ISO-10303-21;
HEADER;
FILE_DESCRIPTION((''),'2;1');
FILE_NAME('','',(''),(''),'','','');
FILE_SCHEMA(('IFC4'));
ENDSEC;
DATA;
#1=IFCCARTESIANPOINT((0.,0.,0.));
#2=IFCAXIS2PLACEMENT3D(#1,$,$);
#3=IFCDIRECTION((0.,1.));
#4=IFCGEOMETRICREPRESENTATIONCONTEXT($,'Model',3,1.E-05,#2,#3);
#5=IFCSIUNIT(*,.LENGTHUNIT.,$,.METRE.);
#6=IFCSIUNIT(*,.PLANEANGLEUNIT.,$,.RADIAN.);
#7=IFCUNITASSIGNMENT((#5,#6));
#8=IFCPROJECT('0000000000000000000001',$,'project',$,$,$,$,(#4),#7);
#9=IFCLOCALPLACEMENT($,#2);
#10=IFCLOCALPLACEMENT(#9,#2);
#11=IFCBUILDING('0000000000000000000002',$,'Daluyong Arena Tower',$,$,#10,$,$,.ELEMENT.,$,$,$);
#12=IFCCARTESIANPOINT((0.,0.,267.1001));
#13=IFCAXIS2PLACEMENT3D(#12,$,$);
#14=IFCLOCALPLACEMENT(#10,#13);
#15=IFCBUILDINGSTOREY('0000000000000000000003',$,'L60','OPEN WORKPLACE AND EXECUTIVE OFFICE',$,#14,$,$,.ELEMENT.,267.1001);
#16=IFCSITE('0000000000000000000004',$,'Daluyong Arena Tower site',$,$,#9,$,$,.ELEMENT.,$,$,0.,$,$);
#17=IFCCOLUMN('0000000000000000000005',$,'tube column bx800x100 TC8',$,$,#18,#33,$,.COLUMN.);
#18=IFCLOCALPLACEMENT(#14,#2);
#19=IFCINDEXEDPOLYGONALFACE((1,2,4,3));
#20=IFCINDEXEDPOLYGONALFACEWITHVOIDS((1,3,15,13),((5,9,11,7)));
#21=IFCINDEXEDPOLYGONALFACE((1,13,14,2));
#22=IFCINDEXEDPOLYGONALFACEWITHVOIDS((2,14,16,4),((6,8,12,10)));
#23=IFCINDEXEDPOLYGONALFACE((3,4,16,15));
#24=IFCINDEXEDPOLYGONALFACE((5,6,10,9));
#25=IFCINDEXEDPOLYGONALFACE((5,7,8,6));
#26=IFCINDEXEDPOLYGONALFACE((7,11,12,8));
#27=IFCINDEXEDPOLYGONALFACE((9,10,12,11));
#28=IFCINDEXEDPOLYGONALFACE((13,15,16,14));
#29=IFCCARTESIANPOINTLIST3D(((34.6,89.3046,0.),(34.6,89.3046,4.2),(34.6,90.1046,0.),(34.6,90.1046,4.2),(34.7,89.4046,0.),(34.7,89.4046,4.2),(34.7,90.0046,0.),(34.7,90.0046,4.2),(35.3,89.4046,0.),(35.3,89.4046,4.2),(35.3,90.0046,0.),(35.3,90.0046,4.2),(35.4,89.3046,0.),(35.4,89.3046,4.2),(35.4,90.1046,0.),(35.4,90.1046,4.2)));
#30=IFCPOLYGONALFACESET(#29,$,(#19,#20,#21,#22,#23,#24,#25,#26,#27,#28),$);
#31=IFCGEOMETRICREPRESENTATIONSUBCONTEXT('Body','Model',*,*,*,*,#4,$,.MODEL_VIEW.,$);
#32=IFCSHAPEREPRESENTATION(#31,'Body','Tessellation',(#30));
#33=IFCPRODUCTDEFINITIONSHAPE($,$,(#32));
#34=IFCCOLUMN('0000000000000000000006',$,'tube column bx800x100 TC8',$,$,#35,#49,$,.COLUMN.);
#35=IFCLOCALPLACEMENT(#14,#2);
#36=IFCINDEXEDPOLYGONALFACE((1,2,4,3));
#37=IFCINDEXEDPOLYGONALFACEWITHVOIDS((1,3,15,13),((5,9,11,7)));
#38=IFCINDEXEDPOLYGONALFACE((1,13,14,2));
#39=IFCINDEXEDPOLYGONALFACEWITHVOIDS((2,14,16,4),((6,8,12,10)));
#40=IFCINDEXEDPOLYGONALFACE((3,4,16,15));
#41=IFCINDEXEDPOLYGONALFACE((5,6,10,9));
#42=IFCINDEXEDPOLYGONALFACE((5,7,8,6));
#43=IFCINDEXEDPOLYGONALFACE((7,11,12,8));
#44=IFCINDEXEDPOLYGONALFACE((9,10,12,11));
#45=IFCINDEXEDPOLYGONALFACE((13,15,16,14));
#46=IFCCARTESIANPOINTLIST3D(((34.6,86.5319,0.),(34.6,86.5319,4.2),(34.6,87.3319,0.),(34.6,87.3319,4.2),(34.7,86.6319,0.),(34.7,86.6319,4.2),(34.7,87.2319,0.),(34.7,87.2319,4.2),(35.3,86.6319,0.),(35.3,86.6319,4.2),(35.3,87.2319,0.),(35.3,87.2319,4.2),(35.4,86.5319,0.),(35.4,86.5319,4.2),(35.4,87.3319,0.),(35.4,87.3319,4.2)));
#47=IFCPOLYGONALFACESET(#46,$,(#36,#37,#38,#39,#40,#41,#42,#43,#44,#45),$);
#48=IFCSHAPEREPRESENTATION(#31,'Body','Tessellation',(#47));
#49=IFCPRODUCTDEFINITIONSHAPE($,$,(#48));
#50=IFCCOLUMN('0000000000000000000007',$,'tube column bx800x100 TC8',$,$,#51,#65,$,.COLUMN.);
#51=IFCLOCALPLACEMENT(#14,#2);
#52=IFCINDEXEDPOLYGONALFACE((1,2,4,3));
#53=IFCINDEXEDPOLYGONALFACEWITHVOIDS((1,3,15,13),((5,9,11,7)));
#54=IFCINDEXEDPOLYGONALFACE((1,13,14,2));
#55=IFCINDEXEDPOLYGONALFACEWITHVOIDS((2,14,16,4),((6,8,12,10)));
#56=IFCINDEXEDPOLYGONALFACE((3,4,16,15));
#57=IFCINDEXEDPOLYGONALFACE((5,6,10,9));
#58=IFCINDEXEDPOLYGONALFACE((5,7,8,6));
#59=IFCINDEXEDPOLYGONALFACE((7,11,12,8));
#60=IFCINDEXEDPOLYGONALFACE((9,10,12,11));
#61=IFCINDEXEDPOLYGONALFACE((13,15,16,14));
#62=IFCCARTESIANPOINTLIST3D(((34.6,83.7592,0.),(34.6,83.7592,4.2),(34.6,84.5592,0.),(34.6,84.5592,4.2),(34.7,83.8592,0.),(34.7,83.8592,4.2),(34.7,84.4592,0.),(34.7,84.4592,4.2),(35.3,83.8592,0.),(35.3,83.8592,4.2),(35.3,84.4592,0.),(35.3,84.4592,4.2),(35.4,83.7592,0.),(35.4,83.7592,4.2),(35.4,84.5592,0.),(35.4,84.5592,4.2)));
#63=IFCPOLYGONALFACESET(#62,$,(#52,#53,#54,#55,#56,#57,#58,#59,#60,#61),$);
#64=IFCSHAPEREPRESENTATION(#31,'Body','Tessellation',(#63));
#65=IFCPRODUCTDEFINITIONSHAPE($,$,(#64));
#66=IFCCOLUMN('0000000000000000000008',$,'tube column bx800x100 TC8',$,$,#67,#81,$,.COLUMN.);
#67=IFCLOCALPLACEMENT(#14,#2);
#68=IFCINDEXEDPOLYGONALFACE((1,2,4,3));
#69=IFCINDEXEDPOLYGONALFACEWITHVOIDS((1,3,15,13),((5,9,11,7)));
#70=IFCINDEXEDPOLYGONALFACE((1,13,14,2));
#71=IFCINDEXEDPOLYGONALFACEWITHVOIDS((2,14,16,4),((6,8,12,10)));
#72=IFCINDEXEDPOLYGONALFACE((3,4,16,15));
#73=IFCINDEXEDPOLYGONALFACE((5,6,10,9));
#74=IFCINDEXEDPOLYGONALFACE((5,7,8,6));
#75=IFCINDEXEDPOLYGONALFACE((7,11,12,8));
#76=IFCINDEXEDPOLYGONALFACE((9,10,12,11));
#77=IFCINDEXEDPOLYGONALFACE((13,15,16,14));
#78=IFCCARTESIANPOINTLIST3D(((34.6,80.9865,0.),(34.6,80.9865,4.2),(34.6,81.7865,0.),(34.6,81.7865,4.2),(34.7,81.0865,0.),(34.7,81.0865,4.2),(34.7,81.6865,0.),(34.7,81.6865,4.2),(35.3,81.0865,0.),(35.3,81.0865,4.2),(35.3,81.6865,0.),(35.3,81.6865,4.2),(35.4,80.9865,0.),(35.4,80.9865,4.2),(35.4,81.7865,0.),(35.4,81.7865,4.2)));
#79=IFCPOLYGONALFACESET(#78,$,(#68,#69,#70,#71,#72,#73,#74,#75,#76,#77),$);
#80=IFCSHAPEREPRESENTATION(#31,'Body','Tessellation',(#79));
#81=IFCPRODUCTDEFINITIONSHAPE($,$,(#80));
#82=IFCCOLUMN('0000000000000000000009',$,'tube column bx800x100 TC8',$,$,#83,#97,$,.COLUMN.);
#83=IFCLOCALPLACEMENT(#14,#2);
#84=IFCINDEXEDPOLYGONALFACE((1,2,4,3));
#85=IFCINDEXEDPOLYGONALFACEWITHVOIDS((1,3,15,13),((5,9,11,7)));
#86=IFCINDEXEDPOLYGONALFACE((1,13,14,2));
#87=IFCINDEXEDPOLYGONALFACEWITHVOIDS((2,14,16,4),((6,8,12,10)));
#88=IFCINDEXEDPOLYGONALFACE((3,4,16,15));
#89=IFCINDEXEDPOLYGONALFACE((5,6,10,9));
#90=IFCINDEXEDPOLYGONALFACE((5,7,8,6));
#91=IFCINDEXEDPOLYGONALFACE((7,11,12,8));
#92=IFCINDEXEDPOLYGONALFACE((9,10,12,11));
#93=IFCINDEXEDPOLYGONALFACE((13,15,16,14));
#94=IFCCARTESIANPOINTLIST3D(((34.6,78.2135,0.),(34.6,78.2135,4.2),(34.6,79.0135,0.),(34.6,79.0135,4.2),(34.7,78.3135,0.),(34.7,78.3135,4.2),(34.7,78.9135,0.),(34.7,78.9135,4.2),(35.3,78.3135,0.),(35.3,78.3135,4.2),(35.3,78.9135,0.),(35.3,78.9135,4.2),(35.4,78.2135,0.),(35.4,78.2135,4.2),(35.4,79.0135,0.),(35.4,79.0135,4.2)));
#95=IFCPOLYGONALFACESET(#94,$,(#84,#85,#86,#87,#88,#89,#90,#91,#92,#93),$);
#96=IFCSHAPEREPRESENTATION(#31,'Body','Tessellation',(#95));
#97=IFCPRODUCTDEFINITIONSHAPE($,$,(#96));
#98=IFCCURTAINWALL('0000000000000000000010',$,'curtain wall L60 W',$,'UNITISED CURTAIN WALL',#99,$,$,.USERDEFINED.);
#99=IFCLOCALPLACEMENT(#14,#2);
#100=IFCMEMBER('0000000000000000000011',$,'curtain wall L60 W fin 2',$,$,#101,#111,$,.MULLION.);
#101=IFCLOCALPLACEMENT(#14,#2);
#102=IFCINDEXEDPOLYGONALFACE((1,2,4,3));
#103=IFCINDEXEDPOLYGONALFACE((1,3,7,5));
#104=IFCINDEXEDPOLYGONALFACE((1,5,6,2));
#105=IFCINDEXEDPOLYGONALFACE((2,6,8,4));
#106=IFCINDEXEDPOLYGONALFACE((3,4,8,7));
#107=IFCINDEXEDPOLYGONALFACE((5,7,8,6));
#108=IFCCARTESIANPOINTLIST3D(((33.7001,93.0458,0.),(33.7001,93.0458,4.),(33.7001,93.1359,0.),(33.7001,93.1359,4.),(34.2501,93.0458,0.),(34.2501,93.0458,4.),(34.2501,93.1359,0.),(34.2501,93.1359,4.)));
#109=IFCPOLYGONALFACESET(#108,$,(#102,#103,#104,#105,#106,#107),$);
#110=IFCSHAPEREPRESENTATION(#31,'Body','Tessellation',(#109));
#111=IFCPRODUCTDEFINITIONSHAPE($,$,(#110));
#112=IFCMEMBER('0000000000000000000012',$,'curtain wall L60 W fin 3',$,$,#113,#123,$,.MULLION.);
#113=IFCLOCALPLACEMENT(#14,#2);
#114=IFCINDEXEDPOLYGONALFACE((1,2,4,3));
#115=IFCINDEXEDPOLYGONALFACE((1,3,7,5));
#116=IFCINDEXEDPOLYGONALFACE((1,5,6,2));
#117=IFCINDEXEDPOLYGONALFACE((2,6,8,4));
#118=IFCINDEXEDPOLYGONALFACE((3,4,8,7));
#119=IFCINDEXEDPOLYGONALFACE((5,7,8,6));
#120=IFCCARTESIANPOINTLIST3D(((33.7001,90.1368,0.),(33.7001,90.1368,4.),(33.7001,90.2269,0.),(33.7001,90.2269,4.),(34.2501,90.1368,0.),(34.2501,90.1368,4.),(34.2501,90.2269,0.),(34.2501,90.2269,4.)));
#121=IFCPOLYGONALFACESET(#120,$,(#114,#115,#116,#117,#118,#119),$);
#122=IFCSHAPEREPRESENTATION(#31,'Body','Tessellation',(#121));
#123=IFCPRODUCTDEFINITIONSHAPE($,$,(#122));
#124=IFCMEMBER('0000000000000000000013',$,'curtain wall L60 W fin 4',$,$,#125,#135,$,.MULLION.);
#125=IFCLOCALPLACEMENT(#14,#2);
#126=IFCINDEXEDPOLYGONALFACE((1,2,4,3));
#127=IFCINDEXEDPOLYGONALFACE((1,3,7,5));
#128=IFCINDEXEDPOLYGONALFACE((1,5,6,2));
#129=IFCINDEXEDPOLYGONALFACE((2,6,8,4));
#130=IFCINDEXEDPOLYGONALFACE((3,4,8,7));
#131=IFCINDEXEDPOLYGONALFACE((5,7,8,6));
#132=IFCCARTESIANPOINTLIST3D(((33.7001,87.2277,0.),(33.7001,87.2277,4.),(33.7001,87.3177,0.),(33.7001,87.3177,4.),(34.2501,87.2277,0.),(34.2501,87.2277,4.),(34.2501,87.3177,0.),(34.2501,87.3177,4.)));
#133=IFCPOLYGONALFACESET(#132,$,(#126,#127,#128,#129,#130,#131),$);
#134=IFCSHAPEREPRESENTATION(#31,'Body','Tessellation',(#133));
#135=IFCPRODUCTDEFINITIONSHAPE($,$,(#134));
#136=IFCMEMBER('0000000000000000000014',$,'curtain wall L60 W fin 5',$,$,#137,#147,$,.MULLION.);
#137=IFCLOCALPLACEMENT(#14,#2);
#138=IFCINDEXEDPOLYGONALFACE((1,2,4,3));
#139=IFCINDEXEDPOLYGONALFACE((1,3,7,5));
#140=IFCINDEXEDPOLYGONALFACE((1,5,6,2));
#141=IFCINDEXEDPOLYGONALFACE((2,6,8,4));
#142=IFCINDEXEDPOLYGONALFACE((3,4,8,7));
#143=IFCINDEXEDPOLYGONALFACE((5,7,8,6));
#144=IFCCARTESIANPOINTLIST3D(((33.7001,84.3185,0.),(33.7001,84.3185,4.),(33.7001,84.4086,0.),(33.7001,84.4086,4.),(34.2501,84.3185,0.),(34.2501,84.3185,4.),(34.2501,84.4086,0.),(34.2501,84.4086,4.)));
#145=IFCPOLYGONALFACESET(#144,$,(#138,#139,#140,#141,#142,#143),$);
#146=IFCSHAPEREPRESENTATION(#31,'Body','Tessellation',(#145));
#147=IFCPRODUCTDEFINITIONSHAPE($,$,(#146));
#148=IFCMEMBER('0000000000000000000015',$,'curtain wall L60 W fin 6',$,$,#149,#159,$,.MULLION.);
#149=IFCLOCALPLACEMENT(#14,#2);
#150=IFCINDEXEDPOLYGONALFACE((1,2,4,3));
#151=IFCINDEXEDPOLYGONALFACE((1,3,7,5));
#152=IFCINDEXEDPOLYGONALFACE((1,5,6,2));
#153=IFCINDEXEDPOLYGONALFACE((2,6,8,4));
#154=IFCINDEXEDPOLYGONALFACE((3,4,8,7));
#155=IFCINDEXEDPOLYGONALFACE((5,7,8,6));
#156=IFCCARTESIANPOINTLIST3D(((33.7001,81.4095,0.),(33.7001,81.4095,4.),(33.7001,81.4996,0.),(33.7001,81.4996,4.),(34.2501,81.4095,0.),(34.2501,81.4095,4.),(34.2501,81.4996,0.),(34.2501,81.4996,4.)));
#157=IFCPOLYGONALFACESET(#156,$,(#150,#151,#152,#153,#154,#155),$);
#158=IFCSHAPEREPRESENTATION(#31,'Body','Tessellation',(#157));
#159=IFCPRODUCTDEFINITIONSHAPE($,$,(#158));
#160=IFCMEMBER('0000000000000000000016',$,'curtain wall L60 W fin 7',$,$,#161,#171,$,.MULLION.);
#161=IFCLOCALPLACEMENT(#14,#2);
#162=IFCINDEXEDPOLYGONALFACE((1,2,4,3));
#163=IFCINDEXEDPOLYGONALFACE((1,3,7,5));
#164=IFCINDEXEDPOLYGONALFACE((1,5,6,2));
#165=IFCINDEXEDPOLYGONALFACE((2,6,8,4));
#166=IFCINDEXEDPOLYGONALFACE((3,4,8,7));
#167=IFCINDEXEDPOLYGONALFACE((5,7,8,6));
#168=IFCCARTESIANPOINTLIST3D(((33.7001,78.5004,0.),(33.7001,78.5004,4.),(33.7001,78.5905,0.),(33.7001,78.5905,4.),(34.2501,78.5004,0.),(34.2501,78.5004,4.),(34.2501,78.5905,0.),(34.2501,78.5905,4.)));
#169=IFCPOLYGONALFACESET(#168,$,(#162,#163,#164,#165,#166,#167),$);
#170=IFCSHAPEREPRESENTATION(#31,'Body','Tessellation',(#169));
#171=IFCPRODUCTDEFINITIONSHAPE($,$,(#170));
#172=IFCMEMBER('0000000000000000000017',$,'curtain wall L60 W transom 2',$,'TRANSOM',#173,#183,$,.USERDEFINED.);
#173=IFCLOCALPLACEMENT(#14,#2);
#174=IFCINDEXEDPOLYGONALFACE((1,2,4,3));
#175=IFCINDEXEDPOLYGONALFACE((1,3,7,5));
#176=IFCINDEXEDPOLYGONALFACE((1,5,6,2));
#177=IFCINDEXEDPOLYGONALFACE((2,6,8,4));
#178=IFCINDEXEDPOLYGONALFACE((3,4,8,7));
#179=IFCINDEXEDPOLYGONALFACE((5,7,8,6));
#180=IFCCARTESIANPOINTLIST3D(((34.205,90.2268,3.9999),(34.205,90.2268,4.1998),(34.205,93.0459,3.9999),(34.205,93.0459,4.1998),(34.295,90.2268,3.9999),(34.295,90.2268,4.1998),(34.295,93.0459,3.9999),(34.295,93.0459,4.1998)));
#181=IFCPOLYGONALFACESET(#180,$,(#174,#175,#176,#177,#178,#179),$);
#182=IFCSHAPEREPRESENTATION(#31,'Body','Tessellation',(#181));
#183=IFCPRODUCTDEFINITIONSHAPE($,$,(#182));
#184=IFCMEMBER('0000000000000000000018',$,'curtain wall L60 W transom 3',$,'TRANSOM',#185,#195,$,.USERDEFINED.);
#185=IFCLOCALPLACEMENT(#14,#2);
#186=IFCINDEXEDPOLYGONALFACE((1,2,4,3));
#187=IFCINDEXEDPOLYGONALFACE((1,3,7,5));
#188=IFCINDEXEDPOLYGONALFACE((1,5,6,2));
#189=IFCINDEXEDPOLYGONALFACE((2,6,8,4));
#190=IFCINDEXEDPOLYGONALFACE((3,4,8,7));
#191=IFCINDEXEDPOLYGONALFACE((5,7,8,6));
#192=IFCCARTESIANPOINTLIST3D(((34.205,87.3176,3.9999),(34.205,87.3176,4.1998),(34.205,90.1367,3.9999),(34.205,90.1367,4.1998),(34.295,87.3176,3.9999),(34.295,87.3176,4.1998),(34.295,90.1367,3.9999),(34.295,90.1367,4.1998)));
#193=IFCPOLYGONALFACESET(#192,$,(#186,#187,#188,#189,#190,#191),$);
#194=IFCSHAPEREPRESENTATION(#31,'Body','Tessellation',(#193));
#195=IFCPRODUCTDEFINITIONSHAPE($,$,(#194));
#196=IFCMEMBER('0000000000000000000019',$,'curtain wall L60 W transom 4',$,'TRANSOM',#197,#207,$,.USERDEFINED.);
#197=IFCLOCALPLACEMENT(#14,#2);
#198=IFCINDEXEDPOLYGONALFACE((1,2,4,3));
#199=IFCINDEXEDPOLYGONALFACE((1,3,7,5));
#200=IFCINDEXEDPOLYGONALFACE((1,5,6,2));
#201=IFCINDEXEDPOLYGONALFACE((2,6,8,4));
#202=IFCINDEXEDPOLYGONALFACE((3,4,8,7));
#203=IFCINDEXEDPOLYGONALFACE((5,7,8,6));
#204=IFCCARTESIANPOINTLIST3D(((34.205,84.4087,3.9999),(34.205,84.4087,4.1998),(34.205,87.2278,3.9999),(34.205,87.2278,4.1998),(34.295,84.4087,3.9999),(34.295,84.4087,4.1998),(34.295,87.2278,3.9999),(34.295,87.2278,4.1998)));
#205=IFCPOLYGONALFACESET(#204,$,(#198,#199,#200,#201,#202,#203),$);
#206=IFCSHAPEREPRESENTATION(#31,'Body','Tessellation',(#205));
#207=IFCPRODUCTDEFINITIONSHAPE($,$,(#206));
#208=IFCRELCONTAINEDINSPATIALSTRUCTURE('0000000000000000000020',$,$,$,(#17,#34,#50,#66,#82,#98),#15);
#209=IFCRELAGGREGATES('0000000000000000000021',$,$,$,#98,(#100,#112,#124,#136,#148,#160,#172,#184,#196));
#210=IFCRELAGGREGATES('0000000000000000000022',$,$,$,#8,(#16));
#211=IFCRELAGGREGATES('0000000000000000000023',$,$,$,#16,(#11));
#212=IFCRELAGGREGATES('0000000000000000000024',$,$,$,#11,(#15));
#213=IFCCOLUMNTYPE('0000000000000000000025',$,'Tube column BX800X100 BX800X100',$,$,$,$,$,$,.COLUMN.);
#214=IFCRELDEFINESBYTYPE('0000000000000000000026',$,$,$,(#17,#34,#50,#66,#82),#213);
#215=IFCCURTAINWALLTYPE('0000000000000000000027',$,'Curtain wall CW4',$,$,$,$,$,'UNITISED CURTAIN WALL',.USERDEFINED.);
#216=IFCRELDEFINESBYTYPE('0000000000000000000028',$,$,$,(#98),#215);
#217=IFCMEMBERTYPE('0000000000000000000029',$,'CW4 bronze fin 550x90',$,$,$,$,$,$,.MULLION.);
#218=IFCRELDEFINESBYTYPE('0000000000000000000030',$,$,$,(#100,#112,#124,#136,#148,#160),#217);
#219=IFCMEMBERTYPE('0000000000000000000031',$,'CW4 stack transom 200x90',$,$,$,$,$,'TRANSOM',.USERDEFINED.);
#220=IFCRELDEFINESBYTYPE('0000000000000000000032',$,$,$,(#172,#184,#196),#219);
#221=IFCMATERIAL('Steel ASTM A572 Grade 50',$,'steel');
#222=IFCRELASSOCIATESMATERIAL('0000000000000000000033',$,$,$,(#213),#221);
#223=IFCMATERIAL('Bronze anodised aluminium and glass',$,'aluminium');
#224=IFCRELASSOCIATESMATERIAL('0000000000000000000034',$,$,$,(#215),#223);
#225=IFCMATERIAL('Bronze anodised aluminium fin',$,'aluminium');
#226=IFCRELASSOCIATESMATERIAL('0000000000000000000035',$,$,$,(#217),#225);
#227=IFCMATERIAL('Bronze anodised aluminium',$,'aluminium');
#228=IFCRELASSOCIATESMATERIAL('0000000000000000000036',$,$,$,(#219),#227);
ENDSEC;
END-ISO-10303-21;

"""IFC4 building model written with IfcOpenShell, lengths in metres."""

from ifc_helpers import new_model, si_unit, direction, frame, origin, origin_2d, place, context, subcontext, project, spatial, rectangle, hollow_rectangle, extrude, material, material_profile, profile_set, type_object, element, aggregate, save


model = new_model("IFC4")

# Units and contexts
model_context = context("Model", 3, precision=1e-05, world=origin(), true_north=direction((0.0, 1.0)))
body_context = subcontext(model_context, "Body", "Model", "MODEL_VIEW")
ifc_project = project(units=[si_unit("LENGTHUNIT", "METRE"), si_unit("PLANEANGLEUNIT", "RADIAN")], contexts=[model_context])

# Site, building, storey
site_placement = place(None, origin())
site = spatial("IfcSite", under=ifc_project, at=site_placement, Name="Daluyong Arena Tower site", CompositionType="ELEMENT", RefElevation=0.0)
building_placement = place(site_placement, origin())
building = spatial("IfcBuilding", under=site, at=building_placement, Name="Daluyong Arena Tower", CompositionType="ELEMENT")
storey_placement = place(building_placement, frame((0.0, 0.0, 267.1001)))
storey = spatial("IfcBuildingStorey", under=building, at=storey_placement, Name="L60", Description="OPEN WORKPLACE AND EXECUTIVE OFFICE", CompositionType="ELEMENT", Elevation=267.1001)

# Columns
ifc_material_1 = material(Name="Steel ASTM A572 Grade 50", Category="steel")
ifc_material_profile_1 = material_profile(ifc_material_1, hollow_rectangle(XDim=0.8, YDim=0.8, WallThickness=0.1, at=origin_2d()))
ifc_profile_set_1 = profile_set([ifc_material_profile_1], Name="Steel ASTM A572 Grade 50")
column_type = type_object("IfcColumnType", Name="Tube column BX800X100 BX800X100", PredefinedType="COLUMN", material=ifc_profile_set_1)
for number, where, z_axis, x_axis, name in (
    (1, (35.0, 89.7046, 0.0), (0.0, 0.0, 1.0), (0.0, 1.0, 0.0), "tube column bx800x100 TC8"),
    (2, (35.0, 86.9319, 0.0), (0.0, 0.0, 1.0), (0.0, 1.0, 0.0), "tube column bx800x100 TC8"),
    (3, (35.0, 84.1592, 0.0), (0.0, 0.0, 1.0), (0.0, 1.0, 0.0), "tube column bx800x100 TC8"),
    (4, (35.0, 81.3865, 0.0), (0.0, 0.0, 1.0), (0.0, 1.0, 0.0), "tube column bx800x100 TC8"),
    (5, (35.0, 78.6135, 0.0), (0.0, 0.0, 1.0), (0.0, 1.0, 0.0), "tube column bx800x100 TC8"),
):
    element("IfcColumn", number, at=place(storey_placement, frame(where, z_axis=z_axis, x_axis=x_axis)), inside=storey, type_object=column_type, Name=name, PredefinedType="COLUMN", context=body_context, shape_type="SweptSolid", body=[
        extrude(hollow_rectangle(XDim=0.8, YDim=0.8, WallThickness=0.1, at=origin_2d()), origin(), (0.0, 0.0, 1.0), 4.2),
    ])

# Curtain wall, members
ifc_material_2 = material(Name="Bronze anodised aluminium and glass", Category="aluminium")
curtain_wall_type = type_object("IfcCurtainWallType", Name="Curtain wall CW4", ElementType="UNITISED CURTAIN WALL", PredefinedType="USERDEFINED", material=ifc_material_2)
curtain_wall_placement = place(storey_placement, origin())
curtain_wall = element("IfcCurtainWall", 6, at=curtain_wall_placement, inside=storey, type_object=curtain_wall_type, Name="curtain wall L60 W", ObjectType="UNITISED CURTAIN WALL", PredefinedType="USERDEFINED")
ifc_material_3 = material(Name="Bronze anodised aluminium fin", Category="aluminium")
ifc_material_profile_2 = material_profile(ifc_material_3, rectangle(XDim=0.55, YDim=0.0901, at=origin_2d()))
ifc_profile_set_2 = profile_set([ifc_material_profile_2], Name="Bronze anodised aluminium fin")
member_type_1 = type_object("IfcMemberType", Name="CW4 bronze fin 550x90", PredefinedType="MULLION", material=ifc_profile_set_2)
member_1_placement = place(storey_placement, frame((33.9751, 93.0908, 0.0), z_axis=(0.0, 0.0, 1.0), x_axis=(1.0, 0.0, 0.0)))
member_1 = element("IfcMember", 7, at=member_1_placement, type_object=member_type_1, Name="curtain wall L60 W fin 2", PredefinedType="MULLION", context=body_context, shape_type="SweptSolid", body=[
    extrude(rectangle(XDim=0.55, YDim=0.0901, at=origin_2d()), origin(), (0.0, 0.0, 1.0), 4.0),
])
member_2_placement = place(storey_placement, frame((33.9751, 90.1819, 0.0), z_axis=(0.0, 0.0, 1.0), x_axis=(1.0, 0.0, 0.0)))
member_2 = element("IfcMember", 8, at=member_2_placement, type_object=member_type_1, Name="curtain wall L60 W fin 3", PredefinedType="MULLION", context=body_context, shape_type="SweptSolid", body=[
    extrude(rectangle(XDim=0.55, YDim=0.0901, at=origin_2d()), origin(), (0.0, 0.0, 1.0), 4.0),
])
member_3_placement = place(storey_placement, frame((33.9751, 87.2727, 0.0), z_axis=(0.0, 0.0, 1.0), x_axis=(1.0, 0.0, 0.0)))
member_3 = element("IfcMember", 9, at=member_3_placement, type_object=member_type_1, Name="curtain wall L60 W fin 4", PredefinedType="MULLION", context=body_context, shape_type="SweptSolid", body=[
    extrude(rectangle(XDim=0.55, YDim=0.0901, at=origin_2d()), origin(), (0.0, 0.0, 1.0), 4.0),
])
member_4_placement = place(storey_placement, frame((33.9751, 84.3635, 0.0), z_axis=(0.0, 0.0, 1.0), x_axis=(1.0, 0.0, 0.0)))
member_4 = element("IfcMember", 10, at=member_4_placement, type_object=member_type_1, Name="curtain wall L60 W fin 5", PredefinedType="MULLION", context=body_context, shape_type="SweptSolid", body=[
    extrude(rectangle(XDim=0.55, YDim=0.0901, at=origin_2d()), origin(), (0.0, 0.0, 1.0), 4.0),
])
member_5_placement = place(storey_placement, frame((33.9751, 81.4546, 0.0), z_axis=(0.0, 0.0, 1.0), x_axis=(1.0, 0.0, 0.0)))
member_5 = element("IfcMember", 11, at=member_5_placement, type_object=member_type_1, Name="curtain wall L60 W fin 6", PredefinedType="MULLION", context=body_context, shape_type="SweptSolid", body=[
    extrude(rectangle(XDim=0.55, YDim=0.0901, at=origin_2d()), origin(), (0.0, 0.0, 1.0), 4.0),
])
member_6_placement = place(storey_placement, frame((33.9751, 78.5454, 0.0), z_axis=(0.0, 0.0, 1.0), x_axis=(1.0, 0.0, 0.0)))
member_6 = element("IfcMember", 12, at=member_6_placement, type_object=member_type_1, Name="curtain wall L60 W fin 7", PredefinedType="MULLION", context=body_context, shape_type="SweptSolid", body=[
    extrude(rectangle(XDim=0.55, YDim=0.0901, at=origin_2d()), origin(), (0.0, 0.0, 1.0), 4.0),
])
ifc_material_4 = material(Name="Bronze anodised aluminium", Category="aluminium")
ifc_material_profile_3 = material_profile(ifc_material_4, rectangle(XDim=0.0901, YDim=0.2, at=origin_2d()))
ifc_profile_set_3 = profile_set([ifc_material_profile_3], Name="Bronze anodised aluminium")
member_type_2 = type_object("IfcMemberType", Name="CW4 stack transom 200x90", ElementType="TRANSOM", PredefinedType="USERDEFINED", material=ifc_profile_set_3)
member_7_placement = place(storey_placement, frame((34.25, 93.0459, 4.0999), z_axis=(0.0, -1.0, 0.0), x_axis=(1.0, 0.0, 0.0)))
member_7 = element("IfcMember", 13, at=member_7_placement, type_object=member_type_2, Name="curtain wall L60 W transom 2", ObjectType="TRANSOM", PredefinedType="USERDEFINED", context=body_context, shape_type="SweptSolid", body=[
    extrude(rectangle(XDim=0.0901, YDim=0.2, at=origin_2d()), origin(), (0.0, 0.0, 1.0), 2.8191),
])
member_8_placement = place(storey_placement, frame((34.25, 90.1367, 4.0999), z_axis=(0.0, -1.0, 0.0), x_axis=(1.0, 0.0, 0.0)))
member_8 = element("IfcMember", 14, at=member_8_placement, type_object=member_type_2, Name="curtain wall L60 W transom 3", ObjectType="TRANSOM", PredefinedType="USERDEFINED", context=body_context, shape_type="SweptSolid", body=[
    extrude(rectangle(XDim=0.0901, YDim=0.2, at=origin_2d()), origin(), (0.0, 0.0, 1.0), 2.8191),
])
member_9_placement = place(storey_placement, frame((34.25, 87.2278, 4.0999), z_axis=(0.0, -1.0, 0.0), x_axis=(1.0, 0.0, 0.0)))
member_9 = element("IfcMember", 15, at=member_9_placement, type_object=member_type_2, Name="curtain wall L60 W transom 4", ObjectType="TRANSOM", PredefinedType="USERDEFINED", context=body_context, shape_type="SweptSolid", body=[
    extrude(rectangle(XDim=0.0901, YDim=0.2, at=origin_2d()), origin(), (0.0, 0.0, 1.0), 2.8191),
])

aggregate(curtain_wall, [member_1, member_2, member_3, member_4, member_5, member_6, member_7, member_8, member_9])

save(model, "model.ifc")
